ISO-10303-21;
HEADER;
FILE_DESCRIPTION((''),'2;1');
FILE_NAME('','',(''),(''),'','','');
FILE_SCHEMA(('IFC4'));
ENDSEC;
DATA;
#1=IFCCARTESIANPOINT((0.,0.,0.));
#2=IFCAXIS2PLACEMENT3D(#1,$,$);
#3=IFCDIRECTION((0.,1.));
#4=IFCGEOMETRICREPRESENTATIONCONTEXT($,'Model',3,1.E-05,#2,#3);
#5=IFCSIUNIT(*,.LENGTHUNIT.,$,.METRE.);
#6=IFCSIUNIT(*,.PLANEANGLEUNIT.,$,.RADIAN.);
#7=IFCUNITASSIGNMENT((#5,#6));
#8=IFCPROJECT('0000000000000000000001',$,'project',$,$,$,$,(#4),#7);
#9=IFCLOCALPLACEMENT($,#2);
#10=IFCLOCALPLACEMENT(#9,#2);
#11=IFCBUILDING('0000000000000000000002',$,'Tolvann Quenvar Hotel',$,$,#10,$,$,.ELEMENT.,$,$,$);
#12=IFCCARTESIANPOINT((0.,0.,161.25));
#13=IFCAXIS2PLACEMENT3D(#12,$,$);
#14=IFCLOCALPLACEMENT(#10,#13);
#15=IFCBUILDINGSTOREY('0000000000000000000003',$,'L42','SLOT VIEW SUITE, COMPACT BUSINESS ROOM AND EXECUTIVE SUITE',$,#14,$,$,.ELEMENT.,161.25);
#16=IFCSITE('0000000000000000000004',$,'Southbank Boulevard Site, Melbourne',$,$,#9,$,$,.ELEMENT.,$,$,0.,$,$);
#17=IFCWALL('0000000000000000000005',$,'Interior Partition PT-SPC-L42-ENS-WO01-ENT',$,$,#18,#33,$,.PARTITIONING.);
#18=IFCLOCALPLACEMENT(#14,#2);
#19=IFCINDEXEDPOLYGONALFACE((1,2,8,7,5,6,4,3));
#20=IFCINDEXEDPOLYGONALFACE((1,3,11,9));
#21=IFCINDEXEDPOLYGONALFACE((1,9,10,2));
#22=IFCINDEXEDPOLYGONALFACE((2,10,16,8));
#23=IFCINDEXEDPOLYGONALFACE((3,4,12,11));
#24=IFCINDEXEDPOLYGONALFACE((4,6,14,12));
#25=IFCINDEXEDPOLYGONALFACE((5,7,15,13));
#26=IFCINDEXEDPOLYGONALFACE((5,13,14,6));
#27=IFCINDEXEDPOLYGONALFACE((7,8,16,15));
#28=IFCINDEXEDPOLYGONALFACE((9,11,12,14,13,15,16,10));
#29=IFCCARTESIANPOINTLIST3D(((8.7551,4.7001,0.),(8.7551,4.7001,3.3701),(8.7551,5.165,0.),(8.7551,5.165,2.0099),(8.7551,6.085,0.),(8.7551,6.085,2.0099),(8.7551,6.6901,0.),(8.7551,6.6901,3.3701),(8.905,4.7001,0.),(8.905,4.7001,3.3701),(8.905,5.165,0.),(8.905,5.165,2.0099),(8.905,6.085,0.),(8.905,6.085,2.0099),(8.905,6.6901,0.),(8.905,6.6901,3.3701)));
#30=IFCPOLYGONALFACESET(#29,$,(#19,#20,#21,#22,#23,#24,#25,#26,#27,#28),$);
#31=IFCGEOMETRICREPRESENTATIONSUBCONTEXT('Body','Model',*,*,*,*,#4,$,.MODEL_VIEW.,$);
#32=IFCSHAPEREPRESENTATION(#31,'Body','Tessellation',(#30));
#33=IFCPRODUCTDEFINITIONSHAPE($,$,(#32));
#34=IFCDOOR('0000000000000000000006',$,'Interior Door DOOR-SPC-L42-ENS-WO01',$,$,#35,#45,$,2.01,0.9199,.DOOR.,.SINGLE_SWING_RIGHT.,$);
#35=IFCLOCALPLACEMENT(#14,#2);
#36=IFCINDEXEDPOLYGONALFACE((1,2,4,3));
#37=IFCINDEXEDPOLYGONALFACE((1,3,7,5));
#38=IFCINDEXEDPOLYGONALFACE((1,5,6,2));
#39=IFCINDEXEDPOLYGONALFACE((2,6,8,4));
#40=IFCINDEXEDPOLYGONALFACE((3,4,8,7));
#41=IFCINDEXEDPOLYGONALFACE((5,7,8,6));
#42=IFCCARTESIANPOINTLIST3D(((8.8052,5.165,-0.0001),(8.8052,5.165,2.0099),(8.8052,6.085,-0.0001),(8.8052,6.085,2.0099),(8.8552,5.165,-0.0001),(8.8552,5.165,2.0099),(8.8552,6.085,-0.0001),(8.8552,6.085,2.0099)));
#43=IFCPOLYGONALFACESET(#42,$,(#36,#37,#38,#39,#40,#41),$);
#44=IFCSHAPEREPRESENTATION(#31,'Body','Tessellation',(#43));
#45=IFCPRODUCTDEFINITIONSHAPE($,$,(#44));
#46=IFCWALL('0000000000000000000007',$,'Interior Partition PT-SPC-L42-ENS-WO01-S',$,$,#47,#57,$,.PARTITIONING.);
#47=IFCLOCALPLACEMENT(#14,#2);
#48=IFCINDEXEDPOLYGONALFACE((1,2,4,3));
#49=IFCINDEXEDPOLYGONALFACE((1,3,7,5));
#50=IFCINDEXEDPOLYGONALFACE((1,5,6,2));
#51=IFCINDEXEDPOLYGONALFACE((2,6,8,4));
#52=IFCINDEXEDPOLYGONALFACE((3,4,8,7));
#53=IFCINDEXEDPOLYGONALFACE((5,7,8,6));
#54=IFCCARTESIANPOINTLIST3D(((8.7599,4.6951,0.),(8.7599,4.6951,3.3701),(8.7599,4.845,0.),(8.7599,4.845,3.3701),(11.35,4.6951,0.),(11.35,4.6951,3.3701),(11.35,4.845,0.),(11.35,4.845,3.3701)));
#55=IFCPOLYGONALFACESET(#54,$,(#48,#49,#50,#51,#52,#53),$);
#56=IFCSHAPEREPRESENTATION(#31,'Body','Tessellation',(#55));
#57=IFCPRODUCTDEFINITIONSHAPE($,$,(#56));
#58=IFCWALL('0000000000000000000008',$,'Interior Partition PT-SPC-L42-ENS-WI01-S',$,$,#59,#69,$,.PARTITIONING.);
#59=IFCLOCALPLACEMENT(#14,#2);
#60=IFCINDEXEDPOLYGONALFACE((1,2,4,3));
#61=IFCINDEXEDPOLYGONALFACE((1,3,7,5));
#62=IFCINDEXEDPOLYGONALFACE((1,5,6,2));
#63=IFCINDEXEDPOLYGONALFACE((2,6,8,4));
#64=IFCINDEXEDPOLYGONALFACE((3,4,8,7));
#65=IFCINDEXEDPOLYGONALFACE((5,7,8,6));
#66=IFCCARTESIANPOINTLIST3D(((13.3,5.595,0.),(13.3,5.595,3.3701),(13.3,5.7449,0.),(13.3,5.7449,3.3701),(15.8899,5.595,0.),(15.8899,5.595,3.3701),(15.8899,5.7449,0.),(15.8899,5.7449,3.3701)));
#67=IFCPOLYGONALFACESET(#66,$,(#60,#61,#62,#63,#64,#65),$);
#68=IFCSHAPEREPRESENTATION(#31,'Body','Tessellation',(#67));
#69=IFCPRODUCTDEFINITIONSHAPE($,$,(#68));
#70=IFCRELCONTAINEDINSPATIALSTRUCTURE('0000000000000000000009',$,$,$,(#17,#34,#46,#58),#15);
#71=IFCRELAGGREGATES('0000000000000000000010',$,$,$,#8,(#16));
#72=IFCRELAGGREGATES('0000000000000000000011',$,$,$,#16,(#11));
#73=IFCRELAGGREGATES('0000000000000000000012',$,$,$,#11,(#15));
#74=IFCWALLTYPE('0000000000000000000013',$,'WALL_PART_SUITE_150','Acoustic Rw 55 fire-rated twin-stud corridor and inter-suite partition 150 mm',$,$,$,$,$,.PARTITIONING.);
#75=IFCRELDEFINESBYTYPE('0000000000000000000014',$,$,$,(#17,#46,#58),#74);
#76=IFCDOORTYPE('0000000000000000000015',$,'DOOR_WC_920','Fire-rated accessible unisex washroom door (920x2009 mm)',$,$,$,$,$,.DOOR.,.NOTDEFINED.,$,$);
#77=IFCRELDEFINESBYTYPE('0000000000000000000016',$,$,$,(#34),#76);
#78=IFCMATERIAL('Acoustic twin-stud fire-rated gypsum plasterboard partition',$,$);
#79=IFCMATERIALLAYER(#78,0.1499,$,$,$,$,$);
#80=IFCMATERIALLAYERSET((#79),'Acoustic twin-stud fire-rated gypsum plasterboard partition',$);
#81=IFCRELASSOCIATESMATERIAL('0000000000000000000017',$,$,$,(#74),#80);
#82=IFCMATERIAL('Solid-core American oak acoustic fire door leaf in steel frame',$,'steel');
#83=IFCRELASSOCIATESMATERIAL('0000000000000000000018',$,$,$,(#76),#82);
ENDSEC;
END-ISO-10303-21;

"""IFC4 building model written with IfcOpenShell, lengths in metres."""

from ifc_helpers import new_model, si_unit, direction, frame, frame_2d, origin, place, context, subcontext, project, spatial, rectangle, extrude, source, transform, mapped, material, layer, layer_set, type_object, type_shapes, element, fill, save


model = new_model("IFC4")

# Units and contexts
model_context = context("Model", 3, precision=1e-05, world=origin(), true_north=direction((0.0, 1.0)))
body_context = subcontext(model_context, "Body", "Model", "MODEL_VIEW")
ifc_project = project(units=[si_unit("LENGTHUNIT", "METRE"), si_unit("PLANEANGLEUNIT", "RADIAN")], contexts=[model_context])

# Site, building, storey
site_placement = place(None, origin())
site = spatial("IfcSite", under=ifc_project, at=site_placement, Name="Southbank Boulevard Site, Melbourne", CompositionType="ELEMENT", RefElevation=0.0)
building_placement = place(site_placement, origin())
building = spatial("IfcBuilding", under=site, at=building_placement, Name="Tolvann Quenvar Hotel", CompositionType="ELEMENT")
storey_placement = place(building_placement, frame((0.0, 0.0, 161.25)))
storey = spatial("IfcBuildingStorey", under=building, at=storey_placement, Name="L42", Description="SLOT VIEW SUITE, COMPACT BUSINESS ROOM AND EXECUTIVE SUITE", CompositionType="ELEMENT", Elevation=161.25)

# Wall, opening, door
ifc_material_1 = material(Name="Acoustic twin-stud fire-rated gypsum plasterboard partition")
ifc_layer_1 = layer(ifc_material_1, 0.1499)
ifc_layer_set_1 = layer_set([ifc_layer_1], Name="Acoustic twin-stud fire-rated gypsum plasterboard partition")
wall_type_1 = type_object("IfcWallType", Name="WALL_PART_SUITE_150", Description="Acoustic Rw 55 fire-rated twin-stud corridor and inter-suite partition 150 mm", PredefinedType="PARTITIONING", material=ifc_layer_set_1)
wall_1_placement = place(storey_placement, frame((8.8301, 4.7, 0.0), z_axis=(0.0, 0.0, 1.0), x_axis=(0.0, 1.0, 0.0)))
wall_1 = element("IfcWall", 1, at=wall_1_placement, inside=storey, type_object=wall_type_1, Name="Interior Partition PT-SPC-L42-ENS-WO01-ENT", PredefinedType="PARTITIONING", context=body_context, shape_type="SweptSolid", body=[
    extrude(rectangle(XDim=1.99, YDim=0.1499, at=frame_2d((0.9951, 0.0))), origin(), (0.0, 0.0, 1.0), 3.3701),
])
opening_1_placement = place(wall_1_placement, frame((0.4651, 0.0, 0.0)))
opening_1 = element("IfcOpeningElement", 2, at=opening_1_placement, cuts=wall_1, PredefinedType="OPENING", context=body_context, shape_type="SweptSolid", body=[
    extrude(rectangle(XDim=0.9199, YDim=2.01, at=frame_2d((0.46, 1.0049))), frame((0.0, 0.085, 0.0), z_axis=(0.0, -1.0, 0.0), x_axis=(1.0, 0.0, 0.0)), (0.0, 0.0, 1.0), 0.1699),
])
ifc_material_2 = material(Name="Solid-core American oak acoustic fire door leaf in steel frame", Category="steel")
door_type_1 = type_object("IfcDoorType", Name="DOOR_WC_920", Description="Fire-rated accessible unisex washroom door (920x2009 mm)", OperationType="NOTDEFINED", PredefinedType="DOOR", material=ifc_material_2)
shared_shape_1 = source(origin(), body_context, "Body", "SweptSolid", [
    extrude(rectangle(XDim=0.9199, YDim=2.01, at=frame_2d((0.46, 1.0049))), frame((0.0, 0.0249, 0.0), z_axis=(0.0, -1.0, 0.0), x_axis=(1.0, 0.0, 0.0)), (0.0, 0.0, 1.0), 0.05),
])
type_shapes(door_type_1, [shared_shape_1])
door_1_placement = place(opening_1_placement, origin())
door_1 = element("IfcDoor", 3, at=door_1_placement, inside=storey, type_object=door_type_1, Name="Interior Door DOOR-SPC-L42-ENS-WO01", OperationType="SINGLE_SWING_RIGHT", OverallHeight=2.01, OverallWidth=0.9199, PredefinedType="DOOR", context=body_context, shape_type="MappedRepresentation", body=[
    mapped(shared_shape_1, transform((0.0, 0.0, 0.0), x_axis=(1.0, 0.0, 0.0), y_axis=(0.0, 1.0, 0.0), z_axis=(0.0, 0.0, 1.0), scale=1.0)),
])
fill(opening_1, door_1)

# Walls
wall_2_placement = place(storey_placement, frame((8.76, 4.77, 0.0), z_axis=(0.0, 0.0, 1.0), x_axis=(1.0, 0.0, 0.0)))
element("IfcWall", 4, at=wall_2_placement, inside=storey, type_object=wall_type_1, Name="Interior Partition PT-SPC-L42-ENS-WO01-S", PredefinedType="PARTITIONING", context=body_context, shape_type="SweptSolid", body=[
    extrude(rectangle(XDim=2.5901, YDim=0.1499, at=frame_2d((1.2949, 0.0))), origin(), (0.0, 0.0, 1.0), 3.3701),
])
wall_3_placement = place(storey_placement, frame((13.3, 5.6699, 0.0), z_axis=(0.0, 0.0, 1.0), x_axis=(1.0, 0.0, 0.0)))
element("IfcWall", 5, at=wall_3_placement, inside=storey, type_object=wall_type_1, Name="Interior Partition PT-SPC-L42-ENS-WI01-S", PredefinedType="PARTITIONING", context=body_context, shape_type="SweptSolid", body=[
    extrude(rectangle(XDim=2.5898, YDim=0.1499, at=frame_2d((1.2949, 0.0))), origin(), (0.0, 0.0, 1.0), 3.3701),
])

save(model, "model.ifc")
